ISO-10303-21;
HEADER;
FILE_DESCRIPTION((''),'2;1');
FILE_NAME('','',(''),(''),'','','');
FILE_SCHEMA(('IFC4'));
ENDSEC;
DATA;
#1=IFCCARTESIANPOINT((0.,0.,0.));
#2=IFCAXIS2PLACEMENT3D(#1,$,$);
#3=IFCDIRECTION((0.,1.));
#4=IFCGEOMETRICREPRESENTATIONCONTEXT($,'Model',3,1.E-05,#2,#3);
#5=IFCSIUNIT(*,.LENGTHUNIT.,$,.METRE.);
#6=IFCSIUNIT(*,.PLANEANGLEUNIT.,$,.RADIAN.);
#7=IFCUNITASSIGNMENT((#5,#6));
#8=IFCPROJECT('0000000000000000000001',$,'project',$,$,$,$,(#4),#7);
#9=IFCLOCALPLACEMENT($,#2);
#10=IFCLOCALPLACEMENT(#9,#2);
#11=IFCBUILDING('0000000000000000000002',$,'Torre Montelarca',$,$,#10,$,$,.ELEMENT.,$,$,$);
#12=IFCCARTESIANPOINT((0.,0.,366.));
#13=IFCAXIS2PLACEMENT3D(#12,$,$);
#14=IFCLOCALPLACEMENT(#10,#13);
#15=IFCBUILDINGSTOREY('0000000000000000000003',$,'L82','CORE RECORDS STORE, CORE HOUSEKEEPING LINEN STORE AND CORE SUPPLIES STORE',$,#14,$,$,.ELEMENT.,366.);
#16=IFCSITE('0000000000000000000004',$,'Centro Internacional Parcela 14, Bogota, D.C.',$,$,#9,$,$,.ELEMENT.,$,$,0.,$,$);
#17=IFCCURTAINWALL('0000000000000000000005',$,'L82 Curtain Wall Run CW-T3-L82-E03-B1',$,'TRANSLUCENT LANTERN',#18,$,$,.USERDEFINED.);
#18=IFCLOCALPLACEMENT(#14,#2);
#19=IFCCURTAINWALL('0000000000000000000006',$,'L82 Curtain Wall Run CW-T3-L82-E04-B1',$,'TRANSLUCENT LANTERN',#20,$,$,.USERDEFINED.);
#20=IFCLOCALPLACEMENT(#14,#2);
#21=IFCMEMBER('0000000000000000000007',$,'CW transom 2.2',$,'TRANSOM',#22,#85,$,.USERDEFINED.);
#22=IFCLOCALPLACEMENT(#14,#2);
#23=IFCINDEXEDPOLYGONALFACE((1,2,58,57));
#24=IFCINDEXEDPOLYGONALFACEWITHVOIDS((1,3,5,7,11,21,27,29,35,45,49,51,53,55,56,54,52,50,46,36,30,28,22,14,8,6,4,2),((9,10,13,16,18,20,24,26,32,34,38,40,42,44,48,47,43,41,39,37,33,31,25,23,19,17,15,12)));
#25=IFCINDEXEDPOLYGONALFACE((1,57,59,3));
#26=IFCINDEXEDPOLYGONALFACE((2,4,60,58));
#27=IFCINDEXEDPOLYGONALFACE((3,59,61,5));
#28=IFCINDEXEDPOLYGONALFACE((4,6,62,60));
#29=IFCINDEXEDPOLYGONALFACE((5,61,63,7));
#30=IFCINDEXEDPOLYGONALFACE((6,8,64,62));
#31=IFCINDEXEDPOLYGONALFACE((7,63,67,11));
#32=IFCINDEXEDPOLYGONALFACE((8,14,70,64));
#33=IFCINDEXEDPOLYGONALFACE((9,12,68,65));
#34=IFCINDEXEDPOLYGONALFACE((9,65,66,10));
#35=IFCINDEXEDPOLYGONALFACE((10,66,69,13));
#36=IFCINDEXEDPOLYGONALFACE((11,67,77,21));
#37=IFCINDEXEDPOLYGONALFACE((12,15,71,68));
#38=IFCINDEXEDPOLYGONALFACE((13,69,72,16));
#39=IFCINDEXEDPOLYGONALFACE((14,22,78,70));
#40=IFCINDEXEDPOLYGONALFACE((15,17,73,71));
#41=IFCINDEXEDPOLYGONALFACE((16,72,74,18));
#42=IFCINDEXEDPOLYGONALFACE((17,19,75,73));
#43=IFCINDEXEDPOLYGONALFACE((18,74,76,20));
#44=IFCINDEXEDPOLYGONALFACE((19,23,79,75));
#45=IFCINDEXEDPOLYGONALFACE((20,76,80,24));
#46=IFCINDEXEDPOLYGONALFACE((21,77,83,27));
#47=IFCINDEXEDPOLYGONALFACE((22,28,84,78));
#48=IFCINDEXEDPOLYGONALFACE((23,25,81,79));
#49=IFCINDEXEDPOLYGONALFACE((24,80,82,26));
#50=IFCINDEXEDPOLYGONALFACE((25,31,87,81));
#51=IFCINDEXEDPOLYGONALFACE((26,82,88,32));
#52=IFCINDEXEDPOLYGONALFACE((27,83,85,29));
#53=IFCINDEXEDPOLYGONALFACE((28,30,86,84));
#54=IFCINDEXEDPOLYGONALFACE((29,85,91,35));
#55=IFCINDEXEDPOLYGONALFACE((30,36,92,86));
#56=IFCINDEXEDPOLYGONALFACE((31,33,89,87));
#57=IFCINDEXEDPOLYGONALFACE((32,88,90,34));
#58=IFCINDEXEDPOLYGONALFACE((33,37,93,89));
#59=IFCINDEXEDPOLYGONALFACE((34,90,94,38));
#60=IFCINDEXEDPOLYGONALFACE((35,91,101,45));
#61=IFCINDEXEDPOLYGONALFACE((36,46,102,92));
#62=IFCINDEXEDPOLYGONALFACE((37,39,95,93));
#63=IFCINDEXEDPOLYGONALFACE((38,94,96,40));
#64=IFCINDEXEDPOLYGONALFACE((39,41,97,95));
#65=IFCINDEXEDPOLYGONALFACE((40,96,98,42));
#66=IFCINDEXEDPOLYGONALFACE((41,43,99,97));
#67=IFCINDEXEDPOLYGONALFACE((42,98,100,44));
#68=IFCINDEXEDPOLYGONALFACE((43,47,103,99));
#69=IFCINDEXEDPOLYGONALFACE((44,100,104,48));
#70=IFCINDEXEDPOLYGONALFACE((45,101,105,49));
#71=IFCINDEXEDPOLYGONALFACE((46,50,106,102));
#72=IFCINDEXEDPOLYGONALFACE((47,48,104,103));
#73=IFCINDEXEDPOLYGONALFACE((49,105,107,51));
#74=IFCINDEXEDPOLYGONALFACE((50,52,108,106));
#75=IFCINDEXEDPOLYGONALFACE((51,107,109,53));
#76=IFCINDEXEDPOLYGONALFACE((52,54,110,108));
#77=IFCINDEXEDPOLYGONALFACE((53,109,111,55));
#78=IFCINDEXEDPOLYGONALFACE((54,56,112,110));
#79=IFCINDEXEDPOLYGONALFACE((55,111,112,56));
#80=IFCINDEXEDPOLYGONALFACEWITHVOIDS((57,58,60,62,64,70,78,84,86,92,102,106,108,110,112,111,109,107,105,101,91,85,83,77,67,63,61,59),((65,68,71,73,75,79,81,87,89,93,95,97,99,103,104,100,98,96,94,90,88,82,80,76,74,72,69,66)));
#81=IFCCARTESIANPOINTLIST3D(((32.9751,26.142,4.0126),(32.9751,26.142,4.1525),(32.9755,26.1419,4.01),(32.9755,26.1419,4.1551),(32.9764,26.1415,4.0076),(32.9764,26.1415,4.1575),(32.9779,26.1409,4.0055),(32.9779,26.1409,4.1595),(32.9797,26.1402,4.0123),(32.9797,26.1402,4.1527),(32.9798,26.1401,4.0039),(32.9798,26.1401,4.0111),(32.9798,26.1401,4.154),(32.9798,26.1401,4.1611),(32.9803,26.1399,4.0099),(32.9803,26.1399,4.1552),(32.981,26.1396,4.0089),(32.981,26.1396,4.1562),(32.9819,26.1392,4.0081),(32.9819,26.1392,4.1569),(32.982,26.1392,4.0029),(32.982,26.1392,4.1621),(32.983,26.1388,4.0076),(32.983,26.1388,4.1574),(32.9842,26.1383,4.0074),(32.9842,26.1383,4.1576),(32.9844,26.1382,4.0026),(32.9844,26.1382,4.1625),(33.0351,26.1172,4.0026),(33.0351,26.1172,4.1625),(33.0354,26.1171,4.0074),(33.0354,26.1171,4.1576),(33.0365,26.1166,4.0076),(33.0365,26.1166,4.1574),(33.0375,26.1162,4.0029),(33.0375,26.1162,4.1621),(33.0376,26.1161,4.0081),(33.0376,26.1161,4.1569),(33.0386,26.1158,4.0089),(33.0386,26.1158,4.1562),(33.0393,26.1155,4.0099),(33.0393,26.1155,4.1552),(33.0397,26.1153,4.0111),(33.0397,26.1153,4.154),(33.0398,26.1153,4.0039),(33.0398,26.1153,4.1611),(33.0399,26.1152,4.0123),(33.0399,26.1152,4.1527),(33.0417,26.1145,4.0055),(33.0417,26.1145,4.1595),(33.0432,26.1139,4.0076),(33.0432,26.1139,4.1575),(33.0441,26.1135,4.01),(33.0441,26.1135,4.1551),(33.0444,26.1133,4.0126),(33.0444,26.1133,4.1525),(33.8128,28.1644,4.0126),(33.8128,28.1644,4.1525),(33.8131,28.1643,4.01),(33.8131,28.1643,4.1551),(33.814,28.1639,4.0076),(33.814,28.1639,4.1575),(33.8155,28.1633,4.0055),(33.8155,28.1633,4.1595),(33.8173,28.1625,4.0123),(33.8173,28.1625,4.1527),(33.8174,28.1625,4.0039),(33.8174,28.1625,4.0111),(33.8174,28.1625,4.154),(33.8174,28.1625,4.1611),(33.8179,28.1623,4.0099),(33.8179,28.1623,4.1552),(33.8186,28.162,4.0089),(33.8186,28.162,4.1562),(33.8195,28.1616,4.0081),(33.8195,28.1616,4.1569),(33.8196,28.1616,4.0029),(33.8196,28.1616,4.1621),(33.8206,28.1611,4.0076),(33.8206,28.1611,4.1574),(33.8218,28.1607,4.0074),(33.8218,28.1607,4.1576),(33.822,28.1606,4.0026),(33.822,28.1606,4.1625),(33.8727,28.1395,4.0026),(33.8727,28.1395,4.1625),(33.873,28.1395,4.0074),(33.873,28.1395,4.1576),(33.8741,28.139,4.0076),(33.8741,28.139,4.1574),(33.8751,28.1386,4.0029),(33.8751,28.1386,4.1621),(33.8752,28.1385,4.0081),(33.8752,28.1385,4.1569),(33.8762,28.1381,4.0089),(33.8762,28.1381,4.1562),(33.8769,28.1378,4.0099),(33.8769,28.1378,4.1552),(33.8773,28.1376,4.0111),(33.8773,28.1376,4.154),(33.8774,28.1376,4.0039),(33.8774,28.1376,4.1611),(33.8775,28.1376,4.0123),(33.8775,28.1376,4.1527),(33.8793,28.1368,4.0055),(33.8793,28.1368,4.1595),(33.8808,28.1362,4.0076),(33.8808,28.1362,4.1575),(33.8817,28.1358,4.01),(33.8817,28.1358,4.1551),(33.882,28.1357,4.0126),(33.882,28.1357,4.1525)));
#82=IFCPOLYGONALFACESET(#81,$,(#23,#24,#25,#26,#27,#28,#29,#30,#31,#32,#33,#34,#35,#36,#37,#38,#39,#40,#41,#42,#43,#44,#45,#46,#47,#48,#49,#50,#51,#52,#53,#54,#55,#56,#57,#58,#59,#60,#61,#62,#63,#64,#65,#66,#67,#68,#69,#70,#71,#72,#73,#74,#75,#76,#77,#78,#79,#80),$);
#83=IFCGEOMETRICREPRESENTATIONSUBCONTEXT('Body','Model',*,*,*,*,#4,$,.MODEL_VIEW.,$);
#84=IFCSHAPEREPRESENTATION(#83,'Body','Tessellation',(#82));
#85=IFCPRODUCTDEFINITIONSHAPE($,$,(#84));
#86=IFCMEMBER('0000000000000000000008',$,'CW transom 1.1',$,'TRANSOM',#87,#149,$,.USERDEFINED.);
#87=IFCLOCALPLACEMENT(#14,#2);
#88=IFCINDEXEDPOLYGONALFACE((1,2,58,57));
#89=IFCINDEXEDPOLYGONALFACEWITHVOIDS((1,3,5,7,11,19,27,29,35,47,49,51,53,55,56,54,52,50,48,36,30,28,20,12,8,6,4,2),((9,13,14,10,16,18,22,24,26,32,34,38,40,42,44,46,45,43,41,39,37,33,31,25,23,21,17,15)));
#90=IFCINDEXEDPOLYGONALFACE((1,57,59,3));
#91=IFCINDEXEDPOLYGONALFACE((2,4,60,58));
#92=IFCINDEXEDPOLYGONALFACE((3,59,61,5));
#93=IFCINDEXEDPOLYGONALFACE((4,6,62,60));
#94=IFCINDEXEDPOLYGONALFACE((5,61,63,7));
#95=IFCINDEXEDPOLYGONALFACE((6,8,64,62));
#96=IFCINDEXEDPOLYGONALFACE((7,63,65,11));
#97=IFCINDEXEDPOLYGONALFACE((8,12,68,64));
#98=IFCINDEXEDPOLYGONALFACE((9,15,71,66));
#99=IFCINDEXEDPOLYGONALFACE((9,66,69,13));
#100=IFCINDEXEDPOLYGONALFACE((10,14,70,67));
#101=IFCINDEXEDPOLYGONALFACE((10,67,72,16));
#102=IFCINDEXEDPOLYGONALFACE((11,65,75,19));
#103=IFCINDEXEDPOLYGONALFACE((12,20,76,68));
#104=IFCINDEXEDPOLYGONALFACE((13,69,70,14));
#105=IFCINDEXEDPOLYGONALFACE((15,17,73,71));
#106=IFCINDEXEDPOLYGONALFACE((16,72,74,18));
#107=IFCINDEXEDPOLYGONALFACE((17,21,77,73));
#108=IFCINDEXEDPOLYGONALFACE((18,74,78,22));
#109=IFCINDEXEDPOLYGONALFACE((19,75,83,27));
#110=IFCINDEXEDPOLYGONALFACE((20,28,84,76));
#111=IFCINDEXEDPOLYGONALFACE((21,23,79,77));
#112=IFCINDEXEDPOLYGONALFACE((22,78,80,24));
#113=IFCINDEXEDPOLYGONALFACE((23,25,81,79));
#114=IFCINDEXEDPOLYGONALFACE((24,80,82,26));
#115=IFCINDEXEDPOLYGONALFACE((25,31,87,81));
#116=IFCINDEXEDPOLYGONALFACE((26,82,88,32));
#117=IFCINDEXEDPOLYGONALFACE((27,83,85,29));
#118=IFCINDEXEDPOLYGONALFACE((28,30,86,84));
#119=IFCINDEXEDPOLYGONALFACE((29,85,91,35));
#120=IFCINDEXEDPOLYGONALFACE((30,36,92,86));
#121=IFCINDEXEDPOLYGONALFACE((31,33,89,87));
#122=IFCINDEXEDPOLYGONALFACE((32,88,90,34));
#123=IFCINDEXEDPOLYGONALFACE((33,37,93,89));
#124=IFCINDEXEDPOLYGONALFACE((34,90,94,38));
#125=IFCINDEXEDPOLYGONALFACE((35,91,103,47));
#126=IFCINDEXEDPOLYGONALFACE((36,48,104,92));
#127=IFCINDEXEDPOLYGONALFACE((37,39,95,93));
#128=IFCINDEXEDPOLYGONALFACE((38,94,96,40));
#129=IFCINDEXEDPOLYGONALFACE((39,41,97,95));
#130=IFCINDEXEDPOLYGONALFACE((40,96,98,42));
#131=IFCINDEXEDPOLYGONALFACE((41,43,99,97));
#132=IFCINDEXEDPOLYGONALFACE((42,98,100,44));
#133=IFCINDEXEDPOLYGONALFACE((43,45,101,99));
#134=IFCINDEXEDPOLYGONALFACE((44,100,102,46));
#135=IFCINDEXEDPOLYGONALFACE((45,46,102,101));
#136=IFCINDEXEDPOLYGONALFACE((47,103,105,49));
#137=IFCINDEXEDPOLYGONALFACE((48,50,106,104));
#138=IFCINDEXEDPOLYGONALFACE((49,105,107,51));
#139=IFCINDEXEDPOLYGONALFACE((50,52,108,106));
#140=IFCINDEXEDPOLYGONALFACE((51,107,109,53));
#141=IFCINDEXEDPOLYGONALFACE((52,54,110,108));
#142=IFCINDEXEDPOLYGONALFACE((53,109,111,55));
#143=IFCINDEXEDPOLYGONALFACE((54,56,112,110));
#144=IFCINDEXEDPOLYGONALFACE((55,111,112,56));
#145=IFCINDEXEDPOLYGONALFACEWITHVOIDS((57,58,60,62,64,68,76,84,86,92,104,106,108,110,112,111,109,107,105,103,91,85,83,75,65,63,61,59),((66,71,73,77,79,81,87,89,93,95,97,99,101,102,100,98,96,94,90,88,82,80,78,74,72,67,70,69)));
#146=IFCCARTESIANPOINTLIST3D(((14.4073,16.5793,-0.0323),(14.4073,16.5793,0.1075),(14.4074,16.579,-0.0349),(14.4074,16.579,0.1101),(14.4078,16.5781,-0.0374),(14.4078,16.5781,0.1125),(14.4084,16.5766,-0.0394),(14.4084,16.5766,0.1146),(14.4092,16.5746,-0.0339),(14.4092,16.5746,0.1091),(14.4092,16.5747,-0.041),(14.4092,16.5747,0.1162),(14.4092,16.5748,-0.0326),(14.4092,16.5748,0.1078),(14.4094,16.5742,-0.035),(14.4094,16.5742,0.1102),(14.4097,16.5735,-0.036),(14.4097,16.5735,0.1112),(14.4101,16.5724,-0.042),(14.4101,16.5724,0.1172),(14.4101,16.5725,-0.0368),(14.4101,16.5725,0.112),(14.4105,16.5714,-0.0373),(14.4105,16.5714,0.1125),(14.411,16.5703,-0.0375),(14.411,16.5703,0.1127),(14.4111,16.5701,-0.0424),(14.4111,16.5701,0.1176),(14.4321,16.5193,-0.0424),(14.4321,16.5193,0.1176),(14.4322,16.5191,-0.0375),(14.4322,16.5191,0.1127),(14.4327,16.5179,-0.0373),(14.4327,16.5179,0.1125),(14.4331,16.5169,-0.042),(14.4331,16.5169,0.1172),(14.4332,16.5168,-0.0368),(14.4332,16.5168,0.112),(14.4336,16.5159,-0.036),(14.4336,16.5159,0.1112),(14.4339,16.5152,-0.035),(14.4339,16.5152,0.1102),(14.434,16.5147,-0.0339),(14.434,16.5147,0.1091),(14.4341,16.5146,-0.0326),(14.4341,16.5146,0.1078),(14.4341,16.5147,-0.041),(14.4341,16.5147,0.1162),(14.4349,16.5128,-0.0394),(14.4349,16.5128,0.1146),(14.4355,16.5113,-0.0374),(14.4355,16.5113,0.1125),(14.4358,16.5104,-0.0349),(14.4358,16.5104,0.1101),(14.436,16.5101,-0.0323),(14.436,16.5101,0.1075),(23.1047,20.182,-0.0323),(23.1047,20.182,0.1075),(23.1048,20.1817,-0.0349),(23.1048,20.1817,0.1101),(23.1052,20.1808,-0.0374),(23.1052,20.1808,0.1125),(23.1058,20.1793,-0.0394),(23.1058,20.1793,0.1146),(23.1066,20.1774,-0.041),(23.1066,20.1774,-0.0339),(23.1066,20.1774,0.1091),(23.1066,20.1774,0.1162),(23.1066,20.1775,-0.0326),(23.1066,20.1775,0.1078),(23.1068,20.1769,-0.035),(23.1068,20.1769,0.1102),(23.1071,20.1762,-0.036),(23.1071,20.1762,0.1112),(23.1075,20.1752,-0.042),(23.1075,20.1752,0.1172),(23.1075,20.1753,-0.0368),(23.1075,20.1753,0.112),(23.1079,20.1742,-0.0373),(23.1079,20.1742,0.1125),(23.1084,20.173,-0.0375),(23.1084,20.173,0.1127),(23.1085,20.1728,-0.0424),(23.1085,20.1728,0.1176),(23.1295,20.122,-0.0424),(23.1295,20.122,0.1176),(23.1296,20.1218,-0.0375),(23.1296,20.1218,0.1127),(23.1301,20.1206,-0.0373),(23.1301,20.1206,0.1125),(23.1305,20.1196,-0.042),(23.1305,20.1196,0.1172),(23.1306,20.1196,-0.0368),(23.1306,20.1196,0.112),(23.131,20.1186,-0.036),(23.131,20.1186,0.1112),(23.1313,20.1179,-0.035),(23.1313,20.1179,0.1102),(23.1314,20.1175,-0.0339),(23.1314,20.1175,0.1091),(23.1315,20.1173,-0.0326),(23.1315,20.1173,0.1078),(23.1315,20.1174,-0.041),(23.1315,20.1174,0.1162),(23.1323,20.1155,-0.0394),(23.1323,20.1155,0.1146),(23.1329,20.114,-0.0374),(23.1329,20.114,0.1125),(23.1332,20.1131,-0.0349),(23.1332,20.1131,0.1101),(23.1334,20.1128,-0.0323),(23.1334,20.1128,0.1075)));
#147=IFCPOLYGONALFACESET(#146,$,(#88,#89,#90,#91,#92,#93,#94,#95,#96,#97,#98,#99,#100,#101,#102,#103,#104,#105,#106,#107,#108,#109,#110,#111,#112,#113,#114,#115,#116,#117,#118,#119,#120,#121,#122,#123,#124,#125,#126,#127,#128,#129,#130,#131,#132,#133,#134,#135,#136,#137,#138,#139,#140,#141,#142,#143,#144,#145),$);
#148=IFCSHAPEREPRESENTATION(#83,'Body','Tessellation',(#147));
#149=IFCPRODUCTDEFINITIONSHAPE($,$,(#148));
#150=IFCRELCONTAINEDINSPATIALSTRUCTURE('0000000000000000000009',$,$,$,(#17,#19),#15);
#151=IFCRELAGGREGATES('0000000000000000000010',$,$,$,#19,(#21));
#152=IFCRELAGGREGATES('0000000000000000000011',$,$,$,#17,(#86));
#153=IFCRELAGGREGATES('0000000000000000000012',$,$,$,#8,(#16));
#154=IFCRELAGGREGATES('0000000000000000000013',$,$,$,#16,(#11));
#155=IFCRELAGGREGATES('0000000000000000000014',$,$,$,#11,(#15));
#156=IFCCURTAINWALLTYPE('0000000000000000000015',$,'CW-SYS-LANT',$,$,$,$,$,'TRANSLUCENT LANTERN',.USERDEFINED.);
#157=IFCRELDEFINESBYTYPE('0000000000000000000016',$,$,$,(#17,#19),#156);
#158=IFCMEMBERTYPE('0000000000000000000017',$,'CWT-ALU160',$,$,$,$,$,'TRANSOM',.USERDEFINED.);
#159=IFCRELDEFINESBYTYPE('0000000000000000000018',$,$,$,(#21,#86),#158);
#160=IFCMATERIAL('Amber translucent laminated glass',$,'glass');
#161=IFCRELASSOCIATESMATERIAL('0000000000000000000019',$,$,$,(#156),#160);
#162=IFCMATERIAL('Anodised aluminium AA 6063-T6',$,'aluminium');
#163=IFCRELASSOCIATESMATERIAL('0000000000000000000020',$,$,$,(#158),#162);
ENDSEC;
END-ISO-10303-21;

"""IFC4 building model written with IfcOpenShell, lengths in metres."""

from ifc_helpers import new_model, si_unit, direction, frame, origin, origin_2d, place, context, subcontext, project, spatial, hollow_rectangle, extrude, source, transform, mapped, material, material_profile, profile_set, type_object, element, aggregate, save


model = new_model("IFC4")

# Units and contexts
model_context = context("Model", 3, precision=1e-05, world=origin(), true_north=direction((0.0, 1.0)))
body_context = subcontext(model_context, "Body", "Model", "MODEL_VIEW")
ifc_project = project(units=[si_unit("LENGTHUNIT", "METRE"), si_unit("PLANEANGLEUNIT", "RADIAN")], contexts=[model_context])

# Site, building, storey
site_placement = place(None, origin())
site = spatial("IfcSite", under=ifc_project, at=site_placement, Name="Centro Internacional Parcela 14, Bogota, D.C.", CompositionType="ELEMENT", RefElevation=0.0)
building_placement = place(site_placement, origin())
building = spatial("IfcBuilding", under=site, at=building_placement, Name="Torre Montelarca", CompositionType="ELEMENT")
storey_placement = place(building_placement, frame((0.0, 0.0, 366.0)))
storey = spatial("IfcBuildingStorey", under=building, at=storey_placement, Name="L82", Description="CORE RECORDS STORE, CORE HOUSEKEEPING LINEN STORE AND CORE SUPPLIES STORE", CompositionType="ELEMENT", Elevation=366.0)

# Curtain walls
ifc_material_1 = material(Name="Amber translucent laminated glass", Category="glass")
curtain_wall_type = type_object("IfcCurtainWallType", Name="CW-SYS-LANT", ElementType="TRANSLUCENT LANTERN", PredefinedType="USERDEFINED", material=ifc_material_1)
curtain_wall_1_placement = place(storey_placement, origin())
curtain_wall_1 = element("IfcCurtainWall", 1, at=curtain_wall_1_placement, inside=storey, type_object=curtain_wall_type, Name="L82 Curtain Wall Run CW-T3-L82-E03-B1", ObjectType="TRANSLUCENT LANTERN", PredefinedType="USERDEFINED")
ifc_material_2 = material(Name="Anodised aluminium AA 6063-T6", Category="aluminium")
curtain_wall_2_placement = place(storey_placement, origin())
curtain_wall_2 = element("IfcCurtainWall", 2, at=curtain_wall_2_placement, inside=storey, type_object=curtain_wall_type, Name="L82 Curtain Wall Run CW-T3-L82-E04-B1", ObjectType="TRANSLUCENT LANTERN", PredefinedType="USERDEFINED")
ifc_material_profile_1 = material_profile(ifc_material_2, hollow_rectangle(XDim=0.075, YDim=0.1599, WallThickness=0.0049, InnerFilletRadius=0.0049, OuterFilletRadius=0.01, at=origin_2d()), Name="ALU75X160X5", Category="aluminium")
ifc_profile_set_1 = profile_set([ifc_material_profile_1], Name="Anodised aluminium AA 6063-T6")
member_type_1 = type_object("IfcMemberType", Name="CWT-ALU160", ElementType="TRANSOM", PredefinedType="USERDEFINED", material=ifc_profile_set_1)

# Members
shared_shape_1 = source(origin(), body_context, "Body", "SweptSolid", [
    extrude(hollow_rectangle(XDim=0.075, YDim=0.1599, WallThickness=0.0049, InnerFilletRadius=0.0049, OuterFilletRadius=0.01, at=origin_2d()), origin(), (0.0, 0.0, 1.0), 2.189),
])
member_1_placement = place(storey_placement, frame((33.0098, 26.1277, 4.0825), z_axis=(0.382651, 0.923893, 0.0), x_axis=(-0.923893, 0.382651, 0.0)))
member_1 = element("IfcMember", 3, at=member_1_placement, type_object=member_type_1, Name="CW transom 2.2", ObjectType="TRANSOM", PredefinedType="USERDEFINED", context=body_context, shape_type="MappedRepresentation", body=[
    mapped(shared_shape_1, transform((0.0, 0.0, 0.0), scale=1.0)),
])
shared_shape_2 = source(origin(), body_context, "Body", "SweptSolid", [
    extrude(hollow_rectangle(XDim=0.075, YDim=0.1599, WallThickness=0.0049, InnerFilletRadius=0.0049, OuterFilletRadius=0.01, at=origin_2d()), origin(), (0.0, 0.0, 1.0), 9.4141),
])
member_2_placement = place(storey_placement, frame((14.4216, 16.5447, 0.0376), z_axis=(0.923874, 0.382698, 0.0), x_axis=(-0.382698, 0.923874, 0.0)))
member_2 = element("IfcMember", 4, at=member_2_placement, type_object=member_type_1, Name="CW transom 1.1", ObjectType="TRANSOM", PredefinedType="USERDEFINED", context=body_context, shape_type="MappedRepresentation", body=[
    mapped(shared_shape_2, transform((0.0, 0.0, 0.0), scale=1.0)),
])

aggregate(curtain_wall_2, [member_1])
aggregate(curtain_wall_1, [member_2])

save(model, "model.ifc")
